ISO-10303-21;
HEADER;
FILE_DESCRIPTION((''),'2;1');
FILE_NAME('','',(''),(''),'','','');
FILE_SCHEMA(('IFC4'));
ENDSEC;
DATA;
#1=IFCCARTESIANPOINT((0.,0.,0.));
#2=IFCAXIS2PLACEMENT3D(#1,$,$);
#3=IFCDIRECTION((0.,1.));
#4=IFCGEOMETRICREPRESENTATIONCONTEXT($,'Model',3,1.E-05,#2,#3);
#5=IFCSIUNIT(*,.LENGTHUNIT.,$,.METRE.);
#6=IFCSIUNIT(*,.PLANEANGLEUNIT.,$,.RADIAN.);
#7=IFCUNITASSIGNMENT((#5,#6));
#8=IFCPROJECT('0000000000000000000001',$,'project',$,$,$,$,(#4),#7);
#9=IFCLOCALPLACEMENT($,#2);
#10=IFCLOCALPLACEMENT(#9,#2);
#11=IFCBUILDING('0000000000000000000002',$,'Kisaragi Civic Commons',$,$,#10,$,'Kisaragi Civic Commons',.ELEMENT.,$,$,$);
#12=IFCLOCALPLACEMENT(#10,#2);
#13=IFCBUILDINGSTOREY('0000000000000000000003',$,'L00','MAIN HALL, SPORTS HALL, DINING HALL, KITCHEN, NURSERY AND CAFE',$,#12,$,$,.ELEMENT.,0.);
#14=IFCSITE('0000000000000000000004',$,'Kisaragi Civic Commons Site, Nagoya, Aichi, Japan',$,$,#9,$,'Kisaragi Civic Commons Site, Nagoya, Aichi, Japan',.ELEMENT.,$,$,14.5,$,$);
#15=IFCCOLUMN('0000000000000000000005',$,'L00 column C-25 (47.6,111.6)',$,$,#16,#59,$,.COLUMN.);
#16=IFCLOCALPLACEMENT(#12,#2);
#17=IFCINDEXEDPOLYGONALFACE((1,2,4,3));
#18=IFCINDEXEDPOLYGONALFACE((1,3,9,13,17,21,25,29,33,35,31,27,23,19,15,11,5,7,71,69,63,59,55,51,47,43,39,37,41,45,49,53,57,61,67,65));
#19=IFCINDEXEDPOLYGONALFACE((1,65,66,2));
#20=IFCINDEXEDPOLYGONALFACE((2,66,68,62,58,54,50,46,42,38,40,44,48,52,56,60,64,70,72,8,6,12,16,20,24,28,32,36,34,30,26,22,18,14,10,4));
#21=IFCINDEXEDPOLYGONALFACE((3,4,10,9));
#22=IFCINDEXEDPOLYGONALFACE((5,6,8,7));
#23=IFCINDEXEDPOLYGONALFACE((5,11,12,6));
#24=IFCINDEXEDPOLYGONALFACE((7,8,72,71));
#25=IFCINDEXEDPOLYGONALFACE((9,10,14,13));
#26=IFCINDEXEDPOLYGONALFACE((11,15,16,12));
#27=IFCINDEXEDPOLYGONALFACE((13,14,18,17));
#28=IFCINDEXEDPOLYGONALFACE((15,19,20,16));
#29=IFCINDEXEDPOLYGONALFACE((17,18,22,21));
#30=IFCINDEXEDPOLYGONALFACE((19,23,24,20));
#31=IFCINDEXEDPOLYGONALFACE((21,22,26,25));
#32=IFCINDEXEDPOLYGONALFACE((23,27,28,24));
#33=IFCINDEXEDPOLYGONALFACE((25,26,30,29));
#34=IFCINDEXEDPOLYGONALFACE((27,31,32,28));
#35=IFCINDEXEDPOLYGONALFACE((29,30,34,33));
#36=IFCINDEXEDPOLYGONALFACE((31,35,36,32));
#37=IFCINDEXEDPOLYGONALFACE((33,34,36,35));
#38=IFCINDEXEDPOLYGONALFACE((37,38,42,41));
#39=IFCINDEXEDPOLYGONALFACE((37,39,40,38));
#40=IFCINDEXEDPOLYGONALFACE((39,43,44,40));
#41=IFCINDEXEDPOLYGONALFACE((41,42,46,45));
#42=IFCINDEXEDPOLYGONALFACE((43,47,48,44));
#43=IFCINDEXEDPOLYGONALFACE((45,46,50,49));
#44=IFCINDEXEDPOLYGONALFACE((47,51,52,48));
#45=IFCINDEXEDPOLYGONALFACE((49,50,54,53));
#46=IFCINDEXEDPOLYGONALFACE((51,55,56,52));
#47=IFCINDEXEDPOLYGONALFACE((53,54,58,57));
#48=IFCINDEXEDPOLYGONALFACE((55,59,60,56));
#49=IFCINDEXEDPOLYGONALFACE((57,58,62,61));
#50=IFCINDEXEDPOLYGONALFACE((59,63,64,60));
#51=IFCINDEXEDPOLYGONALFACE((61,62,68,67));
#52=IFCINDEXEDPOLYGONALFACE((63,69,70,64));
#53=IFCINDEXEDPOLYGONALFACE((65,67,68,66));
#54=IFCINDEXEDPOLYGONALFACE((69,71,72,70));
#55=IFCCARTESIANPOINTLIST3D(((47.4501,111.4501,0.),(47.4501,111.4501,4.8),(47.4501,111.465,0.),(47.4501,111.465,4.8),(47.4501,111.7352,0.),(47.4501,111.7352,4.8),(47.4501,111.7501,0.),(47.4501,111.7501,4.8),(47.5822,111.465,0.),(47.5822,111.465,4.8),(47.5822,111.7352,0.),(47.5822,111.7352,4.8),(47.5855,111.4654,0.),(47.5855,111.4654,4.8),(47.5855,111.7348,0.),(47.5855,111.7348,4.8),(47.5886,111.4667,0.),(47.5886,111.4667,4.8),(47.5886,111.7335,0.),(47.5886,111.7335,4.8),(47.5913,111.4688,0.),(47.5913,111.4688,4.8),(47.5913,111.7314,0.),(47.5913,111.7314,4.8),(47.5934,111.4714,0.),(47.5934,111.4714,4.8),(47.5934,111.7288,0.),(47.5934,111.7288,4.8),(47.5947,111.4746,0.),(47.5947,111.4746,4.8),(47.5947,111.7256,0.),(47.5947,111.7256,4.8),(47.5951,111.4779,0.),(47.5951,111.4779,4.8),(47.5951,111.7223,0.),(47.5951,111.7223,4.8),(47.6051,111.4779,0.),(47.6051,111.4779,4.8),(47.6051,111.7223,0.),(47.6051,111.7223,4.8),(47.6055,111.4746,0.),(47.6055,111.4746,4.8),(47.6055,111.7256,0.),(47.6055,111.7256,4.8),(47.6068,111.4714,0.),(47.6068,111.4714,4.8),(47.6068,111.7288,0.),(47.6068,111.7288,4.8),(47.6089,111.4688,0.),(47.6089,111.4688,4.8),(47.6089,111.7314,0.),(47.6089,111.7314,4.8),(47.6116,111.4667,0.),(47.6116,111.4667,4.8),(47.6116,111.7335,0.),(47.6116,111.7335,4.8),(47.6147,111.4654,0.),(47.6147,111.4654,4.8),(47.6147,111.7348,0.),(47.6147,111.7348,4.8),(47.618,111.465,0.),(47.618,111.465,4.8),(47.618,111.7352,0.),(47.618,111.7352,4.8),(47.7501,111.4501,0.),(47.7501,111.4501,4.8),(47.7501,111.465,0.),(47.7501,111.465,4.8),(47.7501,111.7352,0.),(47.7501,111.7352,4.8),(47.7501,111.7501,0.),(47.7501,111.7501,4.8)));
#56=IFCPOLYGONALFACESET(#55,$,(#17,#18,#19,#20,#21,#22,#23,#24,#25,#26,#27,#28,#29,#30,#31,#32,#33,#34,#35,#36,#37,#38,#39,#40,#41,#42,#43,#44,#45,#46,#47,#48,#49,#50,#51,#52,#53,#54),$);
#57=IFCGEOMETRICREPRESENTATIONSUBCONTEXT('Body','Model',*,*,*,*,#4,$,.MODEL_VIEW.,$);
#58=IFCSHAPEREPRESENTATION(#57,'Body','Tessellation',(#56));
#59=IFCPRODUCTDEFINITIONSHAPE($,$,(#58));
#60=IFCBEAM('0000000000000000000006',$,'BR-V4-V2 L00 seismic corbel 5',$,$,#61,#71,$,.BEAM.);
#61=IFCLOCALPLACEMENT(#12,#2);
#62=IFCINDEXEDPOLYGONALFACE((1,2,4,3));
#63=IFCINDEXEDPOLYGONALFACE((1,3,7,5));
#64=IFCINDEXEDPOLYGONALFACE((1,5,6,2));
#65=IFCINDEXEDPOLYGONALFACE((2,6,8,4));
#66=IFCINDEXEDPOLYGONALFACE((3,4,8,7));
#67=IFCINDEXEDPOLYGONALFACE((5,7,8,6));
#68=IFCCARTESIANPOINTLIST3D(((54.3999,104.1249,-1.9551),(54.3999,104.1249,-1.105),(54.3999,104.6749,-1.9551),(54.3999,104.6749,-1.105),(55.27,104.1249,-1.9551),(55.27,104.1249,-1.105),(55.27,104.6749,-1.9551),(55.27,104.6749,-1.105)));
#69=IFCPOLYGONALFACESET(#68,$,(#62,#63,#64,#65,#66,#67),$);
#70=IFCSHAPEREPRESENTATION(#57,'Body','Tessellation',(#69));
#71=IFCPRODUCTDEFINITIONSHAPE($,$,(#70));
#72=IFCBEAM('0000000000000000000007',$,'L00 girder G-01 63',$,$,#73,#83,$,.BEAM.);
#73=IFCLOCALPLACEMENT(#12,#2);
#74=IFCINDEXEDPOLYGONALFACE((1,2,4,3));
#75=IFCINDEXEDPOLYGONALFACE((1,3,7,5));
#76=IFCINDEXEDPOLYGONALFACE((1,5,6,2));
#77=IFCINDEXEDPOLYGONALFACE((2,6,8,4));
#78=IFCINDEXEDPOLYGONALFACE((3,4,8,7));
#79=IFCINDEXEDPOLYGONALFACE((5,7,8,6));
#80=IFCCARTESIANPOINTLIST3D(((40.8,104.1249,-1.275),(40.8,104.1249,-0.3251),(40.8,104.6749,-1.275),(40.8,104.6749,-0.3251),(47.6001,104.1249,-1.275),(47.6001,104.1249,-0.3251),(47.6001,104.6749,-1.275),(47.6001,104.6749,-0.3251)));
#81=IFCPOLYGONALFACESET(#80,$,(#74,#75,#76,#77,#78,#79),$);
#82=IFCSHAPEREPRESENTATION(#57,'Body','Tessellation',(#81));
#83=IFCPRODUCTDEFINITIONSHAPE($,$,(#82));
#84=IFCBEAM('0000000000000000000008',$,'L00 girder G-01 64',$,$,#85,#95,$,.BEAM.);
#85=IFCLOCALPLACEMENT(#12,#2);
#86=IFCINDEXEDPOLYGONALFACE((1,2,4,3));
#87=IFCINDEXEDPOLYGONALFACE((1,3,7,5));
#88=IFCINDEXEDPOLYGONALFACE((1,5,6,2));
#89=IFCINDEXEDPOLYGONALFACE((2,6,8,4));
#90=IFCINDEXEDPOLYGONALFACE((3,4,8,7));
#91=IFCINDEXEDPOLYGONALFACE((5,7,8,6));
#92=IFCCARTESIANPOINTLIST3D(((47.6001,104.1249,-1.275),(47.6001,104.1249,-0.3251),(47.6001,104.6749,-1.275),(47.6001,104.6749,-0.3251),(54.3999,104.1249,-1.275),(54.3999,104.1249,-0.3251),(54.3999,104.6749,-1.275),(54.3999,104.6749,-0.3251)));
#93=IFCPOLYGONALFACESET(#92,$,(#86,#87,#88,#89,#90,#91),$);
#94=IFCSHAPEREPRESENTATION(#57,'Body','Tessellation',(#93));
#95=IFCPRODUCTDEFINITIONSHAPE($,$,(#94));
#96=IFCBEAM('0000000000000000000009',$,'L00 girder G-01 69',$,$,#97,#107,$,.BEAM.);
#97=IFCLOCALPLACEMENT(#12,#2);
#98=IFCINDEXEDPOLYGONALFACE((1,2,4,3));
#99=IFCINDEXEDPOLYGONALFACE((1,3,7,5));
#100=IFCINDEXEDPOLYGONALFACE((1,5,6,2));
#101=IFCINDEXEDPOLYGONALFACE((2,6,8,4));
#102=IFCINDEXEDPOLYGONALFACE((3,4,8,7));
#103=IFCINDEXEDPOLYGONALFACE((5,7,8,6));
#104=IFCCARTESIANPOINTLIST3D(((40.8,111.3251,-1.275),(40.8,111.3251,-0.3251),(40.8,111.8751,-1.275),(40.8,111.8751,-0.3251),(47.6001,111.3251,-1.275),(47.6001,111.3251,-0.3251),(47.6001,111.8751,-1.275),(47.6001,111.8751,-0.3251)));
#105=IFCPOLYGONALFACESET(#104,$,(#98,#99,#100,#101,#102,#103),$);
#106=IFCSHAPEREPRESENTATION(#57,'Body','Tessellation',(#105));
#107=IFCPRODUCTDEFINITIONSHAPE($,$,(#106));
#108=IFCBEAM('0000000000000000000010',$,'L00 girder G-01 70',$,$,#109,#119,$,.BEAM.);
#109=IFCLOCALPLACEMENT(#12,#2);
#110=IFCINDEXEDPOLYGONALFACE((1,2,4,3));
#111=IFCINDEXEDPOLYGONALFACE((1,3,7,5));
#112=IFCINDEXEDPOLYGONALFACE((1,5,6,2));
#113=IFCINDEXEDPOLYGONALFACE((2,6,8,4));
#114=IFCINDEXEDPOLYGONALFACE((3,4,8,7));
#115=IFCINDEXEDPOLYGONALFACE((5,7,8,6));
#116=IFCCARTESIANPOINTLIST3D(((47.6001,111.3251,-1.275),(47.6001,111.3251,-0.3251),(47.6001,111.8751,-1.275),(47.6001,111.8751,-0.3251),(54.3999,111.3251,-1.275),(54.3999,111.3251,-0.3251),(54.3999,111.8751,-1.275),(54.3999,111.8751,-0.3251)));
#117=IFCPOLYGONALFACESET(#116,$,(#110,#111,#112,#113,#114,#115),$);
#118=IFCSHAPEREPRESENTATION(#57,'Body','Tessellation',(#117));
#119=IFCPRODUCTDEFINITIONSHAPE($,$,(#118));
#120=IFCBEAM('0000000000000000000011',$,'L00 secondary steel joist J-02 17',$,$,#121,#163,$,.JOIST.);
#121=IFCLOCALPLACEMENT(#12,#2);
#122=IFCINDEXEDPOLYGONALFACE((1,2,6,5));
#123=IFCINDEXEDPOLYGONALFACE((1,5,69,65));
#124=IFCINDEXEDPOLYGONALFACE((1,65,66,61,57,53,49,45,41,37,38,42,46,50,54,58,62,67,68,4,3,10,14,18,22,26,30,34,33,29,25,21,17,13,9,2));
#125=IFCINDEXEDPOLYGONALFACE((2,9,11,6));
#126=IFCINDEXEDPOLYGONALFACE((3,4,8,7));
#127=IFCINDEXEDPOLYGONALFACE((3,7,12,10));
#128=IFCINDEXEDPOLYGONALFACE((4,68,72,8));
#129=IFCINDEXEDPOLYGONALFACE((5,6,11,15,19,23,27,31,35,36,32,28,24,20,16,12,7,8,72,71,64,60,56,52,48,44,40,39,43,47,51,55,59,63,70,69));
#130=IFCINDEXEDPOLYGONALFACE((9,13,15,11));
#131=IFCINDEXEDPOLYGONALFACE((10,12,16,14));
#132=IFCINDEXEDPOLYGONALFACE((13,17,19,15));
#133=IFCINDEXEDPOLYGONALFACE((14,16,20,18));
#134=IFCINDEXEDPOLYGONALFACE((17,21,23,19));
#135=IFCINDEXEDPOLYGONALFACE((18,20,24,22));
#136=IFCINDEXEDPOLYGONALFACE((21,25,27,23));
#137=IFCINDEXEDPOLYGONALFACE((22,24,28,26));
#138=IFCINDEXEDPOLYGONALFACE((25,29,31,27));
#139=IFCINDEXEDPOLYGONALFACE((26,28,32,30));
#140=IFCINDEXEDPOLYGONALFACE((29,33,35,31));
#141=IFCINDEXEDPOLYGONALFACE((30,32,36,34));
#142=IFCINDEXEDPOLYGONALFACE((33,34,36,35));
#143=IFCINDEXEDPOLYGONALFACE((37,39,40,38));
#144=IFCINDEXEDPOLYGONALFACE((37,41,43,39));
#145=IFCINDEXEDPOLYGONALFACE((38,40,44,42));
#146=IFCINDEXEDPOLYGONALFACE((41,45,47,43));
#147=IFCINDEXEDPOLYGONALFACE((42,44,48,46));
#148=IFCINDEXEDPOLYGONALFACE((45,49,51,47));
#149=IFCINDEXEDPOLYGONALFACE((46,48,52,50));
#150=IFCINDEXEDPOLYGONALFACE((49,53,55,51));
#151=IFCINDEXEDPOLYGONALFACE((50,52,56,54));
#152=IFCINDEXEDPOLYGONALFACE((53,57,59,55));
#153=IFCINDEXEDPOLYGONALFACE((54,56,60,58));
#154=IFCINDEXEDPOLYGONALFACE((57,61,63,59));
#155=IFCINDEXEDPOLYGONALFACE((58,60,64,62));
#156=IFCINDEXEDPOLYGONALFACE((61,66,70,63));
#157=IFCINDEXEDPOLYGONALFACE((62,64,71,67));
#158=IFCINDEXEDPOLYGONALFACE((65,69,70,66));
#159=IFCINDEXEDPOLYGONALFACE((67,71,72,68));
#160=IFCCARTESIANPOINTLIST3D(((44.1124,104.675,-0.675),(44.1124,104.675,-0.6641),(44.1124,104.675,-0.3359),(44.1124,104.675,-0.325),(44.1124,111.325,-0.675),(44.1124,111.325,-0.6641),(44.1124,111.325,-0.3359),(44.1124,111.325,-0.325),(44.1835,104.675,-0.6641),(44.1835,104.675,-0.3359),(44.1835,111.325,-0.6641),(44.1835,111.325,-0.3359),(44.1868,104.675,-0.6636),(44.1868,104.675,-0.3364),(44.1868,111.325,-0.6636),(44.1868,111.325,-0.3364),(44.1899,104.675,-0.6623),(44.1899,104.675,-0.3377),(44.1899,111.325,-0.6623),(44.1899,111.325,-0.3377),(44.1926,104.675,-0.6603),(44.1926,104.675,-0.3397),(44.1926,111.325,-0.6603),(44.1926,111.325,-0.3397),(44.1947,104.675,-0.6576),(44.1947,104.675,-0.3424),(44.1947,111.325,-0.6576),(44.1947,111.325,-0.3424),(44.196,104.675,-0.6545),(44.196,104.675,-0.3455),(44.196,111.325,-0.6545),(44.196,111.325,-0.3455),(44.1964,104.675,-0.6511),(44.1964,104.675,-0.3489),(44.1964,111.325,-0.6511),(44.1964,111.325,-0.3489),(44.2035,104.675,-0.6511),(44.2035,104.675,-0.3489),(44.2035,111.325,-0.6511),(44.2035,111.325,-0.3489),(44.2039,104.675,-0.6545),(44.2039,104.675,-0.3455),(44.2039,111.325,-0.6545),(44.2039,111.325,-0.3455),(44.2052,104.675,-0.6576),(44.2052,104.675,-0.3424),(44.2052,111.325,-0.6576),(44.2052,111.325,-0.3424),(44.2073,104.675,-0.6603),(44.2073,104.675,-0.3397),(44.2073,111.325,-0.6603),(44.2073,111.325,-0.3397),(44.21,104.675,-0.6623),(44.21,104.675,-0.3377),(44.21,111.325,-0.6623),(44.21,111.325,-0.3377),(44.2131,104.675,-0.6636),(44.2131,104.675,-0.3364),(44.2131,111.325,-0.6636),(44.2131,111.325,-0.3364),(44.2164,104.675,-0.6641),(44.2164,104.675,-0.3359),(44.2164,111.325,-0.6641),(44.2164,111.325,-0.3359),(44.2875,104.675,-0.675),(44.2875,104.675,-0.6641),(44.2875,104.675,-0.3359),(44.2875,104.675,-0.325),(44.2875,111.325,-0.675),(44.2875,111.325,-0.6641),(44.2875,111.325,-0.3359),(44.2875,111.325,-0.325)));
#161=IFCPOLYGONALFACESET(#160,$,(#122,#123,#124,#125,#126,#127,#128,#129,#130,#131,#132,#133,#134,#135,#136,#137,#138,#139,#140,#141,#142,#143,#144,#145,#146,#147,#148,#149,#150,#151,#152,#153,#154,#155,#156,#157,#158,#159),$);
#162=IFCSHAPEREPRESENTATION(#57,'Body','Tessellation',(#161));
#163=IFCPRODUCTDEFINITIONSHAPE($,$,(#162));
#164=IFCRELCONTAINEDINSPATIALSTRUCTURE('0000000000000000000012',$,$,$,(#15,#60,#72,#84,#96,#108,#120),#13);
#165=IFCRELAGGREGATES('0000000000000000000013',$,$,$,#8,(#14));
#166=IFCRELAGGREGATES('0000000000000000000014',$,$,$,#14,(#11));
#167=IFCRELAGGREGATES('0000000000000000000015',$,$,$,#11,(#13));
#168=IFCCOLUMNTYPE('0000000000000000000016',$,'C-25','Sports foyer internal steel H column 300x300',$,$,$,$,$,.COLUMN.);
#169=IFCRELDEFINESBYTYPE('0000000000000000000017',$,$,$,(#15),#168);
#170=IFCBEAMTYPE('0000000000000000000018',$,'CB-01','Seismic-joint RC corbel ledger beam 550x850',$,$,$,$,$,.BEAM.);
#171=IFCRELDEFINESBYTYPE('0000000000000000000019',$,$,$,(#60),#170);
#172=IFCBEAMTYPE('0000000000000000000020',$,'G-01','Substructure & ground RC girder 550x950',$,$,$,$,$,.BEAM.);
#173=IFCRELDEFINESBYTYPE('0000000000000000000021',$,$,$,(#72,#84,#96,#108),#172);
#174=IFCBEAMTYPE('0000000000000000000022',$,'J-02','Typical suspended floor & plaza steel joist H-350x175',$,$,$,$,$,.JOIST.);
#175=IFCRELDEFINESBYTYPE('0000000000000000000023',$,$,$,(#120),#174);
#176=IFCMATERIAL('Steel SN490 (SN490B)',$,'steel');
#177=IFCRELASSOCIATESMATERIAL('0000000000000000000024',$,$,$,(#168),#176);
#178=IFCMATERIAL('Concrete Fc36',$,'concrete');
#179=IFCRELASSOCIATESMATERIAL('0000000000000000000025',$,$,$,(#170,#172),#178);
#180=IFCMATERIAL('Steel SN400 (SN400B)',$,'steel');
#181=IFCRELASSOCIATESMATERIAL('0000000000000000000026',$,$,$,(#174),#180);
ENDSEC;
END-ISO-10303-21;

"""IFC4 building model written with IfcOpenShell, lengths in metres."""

from ifc_helpers import new_model, si_unit, direction, frame, origin, origin_2d, place, context, subcontext, project, spatial, rectangle, i_section, extrude, material, material_profile, profile_set, type_object, element, save


model = new_model("IFC4")

# Units and contexts
model_context = context("Model", 3, precision=1e-05, world=origin(), true_north=direction((0.0, 1.0)))
body_context = subcontext(model_context, "Body", "Model", "MODEL_VIEW")
ifc_project = project(units=[si_unit("LENGTHUNIT", "METRE"), si_unit("PLANEANGLEUNIT", "RADIAN")], contexts=[model_context])

# Site, building, storey
site_placement = place(None, origin())
site = spatial("IfcSite", under=ifc_project, at=site_placement, Name="Kisaragi Civic Commons Site, Nagoya, Aichi, Japan", LongName="Kisaragi Civic Commons Site, Nagoya, Aichi, Japan", CompositionType="ELEMENT", RefElevation=14.5)
building_placement = place(site_placement, origin())
building = spatial("IfcBuilding", under=site, at=building_placement, Name="Kisaragi Civic Commons", LongName="Kisaragi Civic Commons", CompositionType="ELEMENT")
storey_placement = place(building_placement, origin())
storey = spatial("IfcBuildingStorey", under=building, at=storey_placement, Name="L00", Description="MAIN HALL, SPORTS HALL, DINING HALL, KITCHEN, NURSERY AND CAFE", CompositionType="ELEMENT", Elevation=0.0)

# Column
ifc_material_1 = material(Name="Concrete Fc36", Category="concrete")
ifc_material_2 = material(Name="Steel SN490 (SN490B)", Category="steel")
ifc_material_profile_1 = material_profile(ifc_material_2, i_section(OverallWidth=0.3, OverallDepth=0.3, WebThickness=0.01, FlangeThickness=0.0149, FilletRadius=0.0129, at=origin_2d()), Name="H-300x300x10x15", Category="steel")
ifc_profile_set_1 = profile_set([ifc_material_profile_1], Name="Steel SN490 (SN490B)")
column_type_1 = type_object("IfcColumnType", Name="C-25", Description="Sports foyer internal steel H column 300x300", PredefinedType="COLUMN", material=ifc_profile_set_1)
for number, where, z_axis, x_axis, name in (
    (1, (47.6001, 111.6001, 0.0), (0.0, 0.0, 1.0), (1.0, 0.0, 0.0), "L00 column C-25 (47.6,111.6)"),
):
    element("IfcColumn", number, at=place(storey_placement, frame(where, z_axis=z_axis, x_axis=x_axis)), inside=storey, type_object=column_type_1, Name=name, PredefinedType="COLUMN", context=body_context, shape_type="SweptSolid", body=[
        extrude(i_section(OverallWidth=0.3, OverallDepth=0.3, WebThickness=0.01, FlangeThickness=0.0149, FilletRadius=0.0129, at=origin_2d()), origin(), (0.0, 0.0, 1.0), 4.8),
    ])

# Beams
ifc_material_profile_2 = material_profile(ifc_material_1, rectangle(XDim=0.55, YDim=0.8501, at=origin_2d()), Name="RC-550x850", Category="concrete")
ifc_profile_set_2 = profile_set([ifc_material_profile_2], Name="Concrete Fc36")
beam_type_1 = type_object("IfcBeamType", Name="CB-01", Description="Seismic-joint RC corbel ledger beam 550x850", PredefinedType="BEAM", material=ifc_profile_set_2)
beam_1_placement = place(storey_placement, frame((54.3999, 104.3999, -1.53), z_axis=(1.0, 0.0, 0.0), x_axis=(0.0, 1.0, 0.0)))
element("IfcBeam", 2, at=beam_1_placement, inside=storey, type_object=beam_type_1, Name="BR-V4-V2 L00 seismic corbel 5", PredefinedType="BEAM", context=body_context, shape_type="SweptSolid", body=[
    extrude(rectangle(XDim=0.55, YDim=0.8501, at=origin_2d()), origin(), (0.0, 0.0, 1.0), 0.8701),
])
ifc_material_profile_3 = material_profile(ifc_material_1, rectangle(XDim=0.55, YDim=0.95, at=origin_2d()), Name="RC-550x950", Category="concrete")
ifc_profile_set_3 = profile_set([ifc_material_profile_3], Name="Concrete Fc36")
beam_type_2 = type_object("IfcBeamType", Name="G-01", Description="Substructure & ground RC girder 550x950", PredefinedType="BEAM", material=ifc_profile_set_3)
beam_2_placement = place(storey_placement, frame((40.8, 104.3999, -0.8), z_axis=(1.0, 0.0, 0.0), x_axis=(0.0, 1.0, 0.0)))
element("IfcBeam", 3, at=beam_2_placement, inside=storey, type_object=beam_type_2, Name="L00 girder G-01 63", PredefinedType="BEAM", context=body_context, shape_type="SweptSolid", body=[
    extrude(rectangle(XDim=0.55, YDim=0.95, at=origin_2d()), origin(), (0.0, 0.0, 1.0), 6.8),
])
beam_3_placement = place(storey_placement, frame((47.6001, 104.3999, -0.8), z_axis=(1.0, 0.0, 0.0), x_axis=(0.0, 1.0, 0.0)))
element("IfcBeam", 4, at=beam_3_placement, inside=storey, type_object=beam_type_2, Name="L00 girder G-01 64", PredefinedType="BEAM", context=body_context, shape_type="SweptSolid", body=[
    extrude(rectangle(XDim=0.55, YDim=0.95, at=origin_2d()), origin(), (0.0, 0.0, 1.0), 6.7998),
])
beam_4_placement = place(storey_placement, frame((40.8, 111.6001, -0.8), z_axis=(1.0, 0.0, 0.0), x_axis=(0.0, 1.0, 0.0)))
element("IfcBeam", 5, at=beam_4_placement, inside=storey, type_object=beam_type_2, Name="L00 girder G-01 69", PredefinedType="BEAM", context=body_context, shape_type="SweptSolid", body=[
    extrude(rectangle(XDim=0.55, YDim=0.95, at=origin_2d()), origin(), (0.0, 0.0, 1.0), 6.8),
])
beam_5_placement = place(storey_placement, frame((47.6001, 111.6001, -0.8), z_axis=(1.0, 0.0, 0.0), x_axis=(0.0, 1.0, 0.0)))
element("IfcBeam", 6, at=beam_5_placement, inside=storey, type_object=beam_type_2, Name="L00 girder G-01 70", PredefinedType="BEAM", context=body_context, shape_type="SweptSolid", body=[
    extrude(rectangle(XDim=0.55, YDim=0.95, at=origin_2d()), origin(), (0.0, 0.0, 1.0), 6.7998),
])
ifc_material_3 = material(Name="Steel SN400 (SN400B)", Category="steel")
ifc_material_profile_4 = material_profile(ifc_material_3, i_section(OverallWidth=0.175, OverallDepth=0.3501, WebThickness=0.0071, FlangeThickness=0.011, FilletRadius=0.0129, at=origin_2d()), Name="H-350x175x7x11", Category="steel")
ifc_profile_set_4 = profile_set([ifc_material_profile_4], Name="Steel SN400 (SN400B)")
beam_type_3 = type_object("IfcBeamType", Name="J-02", Description="Typical suspended floor & plaza steel joist H-350x175", PredefinedType="JOIST", material=ifc_profile_set_4)
for number, where, z_axis, x_axis, name in (
    (7, (44.2, 104.675, -0.5), (0.0, 1.0, 0.0), (-1.0, 0.0, 0.0), "L00 secondary steel joist J-02 17"),
):
    element("IfcBeam", number, at=place(storey_placement, frame(where, z_axis=z_axis, x_axis=x_axis)), inside=storey, type_object=beam_type_3, Name=name, PredefinedType="JOIST", context=body_context, shape_type="SweptSolid", body=[
        extrude(i_section(OverallWidth=0.175, OverallDepth=0.3501, WebThickness=0.0071, FlangeThickness=0.011, FilletRadius=0.0129, at=origin_2d()), origin(), (0.0, 0.0, 1.0), 6.6499),
    ])

save(model, "model.ifc")
